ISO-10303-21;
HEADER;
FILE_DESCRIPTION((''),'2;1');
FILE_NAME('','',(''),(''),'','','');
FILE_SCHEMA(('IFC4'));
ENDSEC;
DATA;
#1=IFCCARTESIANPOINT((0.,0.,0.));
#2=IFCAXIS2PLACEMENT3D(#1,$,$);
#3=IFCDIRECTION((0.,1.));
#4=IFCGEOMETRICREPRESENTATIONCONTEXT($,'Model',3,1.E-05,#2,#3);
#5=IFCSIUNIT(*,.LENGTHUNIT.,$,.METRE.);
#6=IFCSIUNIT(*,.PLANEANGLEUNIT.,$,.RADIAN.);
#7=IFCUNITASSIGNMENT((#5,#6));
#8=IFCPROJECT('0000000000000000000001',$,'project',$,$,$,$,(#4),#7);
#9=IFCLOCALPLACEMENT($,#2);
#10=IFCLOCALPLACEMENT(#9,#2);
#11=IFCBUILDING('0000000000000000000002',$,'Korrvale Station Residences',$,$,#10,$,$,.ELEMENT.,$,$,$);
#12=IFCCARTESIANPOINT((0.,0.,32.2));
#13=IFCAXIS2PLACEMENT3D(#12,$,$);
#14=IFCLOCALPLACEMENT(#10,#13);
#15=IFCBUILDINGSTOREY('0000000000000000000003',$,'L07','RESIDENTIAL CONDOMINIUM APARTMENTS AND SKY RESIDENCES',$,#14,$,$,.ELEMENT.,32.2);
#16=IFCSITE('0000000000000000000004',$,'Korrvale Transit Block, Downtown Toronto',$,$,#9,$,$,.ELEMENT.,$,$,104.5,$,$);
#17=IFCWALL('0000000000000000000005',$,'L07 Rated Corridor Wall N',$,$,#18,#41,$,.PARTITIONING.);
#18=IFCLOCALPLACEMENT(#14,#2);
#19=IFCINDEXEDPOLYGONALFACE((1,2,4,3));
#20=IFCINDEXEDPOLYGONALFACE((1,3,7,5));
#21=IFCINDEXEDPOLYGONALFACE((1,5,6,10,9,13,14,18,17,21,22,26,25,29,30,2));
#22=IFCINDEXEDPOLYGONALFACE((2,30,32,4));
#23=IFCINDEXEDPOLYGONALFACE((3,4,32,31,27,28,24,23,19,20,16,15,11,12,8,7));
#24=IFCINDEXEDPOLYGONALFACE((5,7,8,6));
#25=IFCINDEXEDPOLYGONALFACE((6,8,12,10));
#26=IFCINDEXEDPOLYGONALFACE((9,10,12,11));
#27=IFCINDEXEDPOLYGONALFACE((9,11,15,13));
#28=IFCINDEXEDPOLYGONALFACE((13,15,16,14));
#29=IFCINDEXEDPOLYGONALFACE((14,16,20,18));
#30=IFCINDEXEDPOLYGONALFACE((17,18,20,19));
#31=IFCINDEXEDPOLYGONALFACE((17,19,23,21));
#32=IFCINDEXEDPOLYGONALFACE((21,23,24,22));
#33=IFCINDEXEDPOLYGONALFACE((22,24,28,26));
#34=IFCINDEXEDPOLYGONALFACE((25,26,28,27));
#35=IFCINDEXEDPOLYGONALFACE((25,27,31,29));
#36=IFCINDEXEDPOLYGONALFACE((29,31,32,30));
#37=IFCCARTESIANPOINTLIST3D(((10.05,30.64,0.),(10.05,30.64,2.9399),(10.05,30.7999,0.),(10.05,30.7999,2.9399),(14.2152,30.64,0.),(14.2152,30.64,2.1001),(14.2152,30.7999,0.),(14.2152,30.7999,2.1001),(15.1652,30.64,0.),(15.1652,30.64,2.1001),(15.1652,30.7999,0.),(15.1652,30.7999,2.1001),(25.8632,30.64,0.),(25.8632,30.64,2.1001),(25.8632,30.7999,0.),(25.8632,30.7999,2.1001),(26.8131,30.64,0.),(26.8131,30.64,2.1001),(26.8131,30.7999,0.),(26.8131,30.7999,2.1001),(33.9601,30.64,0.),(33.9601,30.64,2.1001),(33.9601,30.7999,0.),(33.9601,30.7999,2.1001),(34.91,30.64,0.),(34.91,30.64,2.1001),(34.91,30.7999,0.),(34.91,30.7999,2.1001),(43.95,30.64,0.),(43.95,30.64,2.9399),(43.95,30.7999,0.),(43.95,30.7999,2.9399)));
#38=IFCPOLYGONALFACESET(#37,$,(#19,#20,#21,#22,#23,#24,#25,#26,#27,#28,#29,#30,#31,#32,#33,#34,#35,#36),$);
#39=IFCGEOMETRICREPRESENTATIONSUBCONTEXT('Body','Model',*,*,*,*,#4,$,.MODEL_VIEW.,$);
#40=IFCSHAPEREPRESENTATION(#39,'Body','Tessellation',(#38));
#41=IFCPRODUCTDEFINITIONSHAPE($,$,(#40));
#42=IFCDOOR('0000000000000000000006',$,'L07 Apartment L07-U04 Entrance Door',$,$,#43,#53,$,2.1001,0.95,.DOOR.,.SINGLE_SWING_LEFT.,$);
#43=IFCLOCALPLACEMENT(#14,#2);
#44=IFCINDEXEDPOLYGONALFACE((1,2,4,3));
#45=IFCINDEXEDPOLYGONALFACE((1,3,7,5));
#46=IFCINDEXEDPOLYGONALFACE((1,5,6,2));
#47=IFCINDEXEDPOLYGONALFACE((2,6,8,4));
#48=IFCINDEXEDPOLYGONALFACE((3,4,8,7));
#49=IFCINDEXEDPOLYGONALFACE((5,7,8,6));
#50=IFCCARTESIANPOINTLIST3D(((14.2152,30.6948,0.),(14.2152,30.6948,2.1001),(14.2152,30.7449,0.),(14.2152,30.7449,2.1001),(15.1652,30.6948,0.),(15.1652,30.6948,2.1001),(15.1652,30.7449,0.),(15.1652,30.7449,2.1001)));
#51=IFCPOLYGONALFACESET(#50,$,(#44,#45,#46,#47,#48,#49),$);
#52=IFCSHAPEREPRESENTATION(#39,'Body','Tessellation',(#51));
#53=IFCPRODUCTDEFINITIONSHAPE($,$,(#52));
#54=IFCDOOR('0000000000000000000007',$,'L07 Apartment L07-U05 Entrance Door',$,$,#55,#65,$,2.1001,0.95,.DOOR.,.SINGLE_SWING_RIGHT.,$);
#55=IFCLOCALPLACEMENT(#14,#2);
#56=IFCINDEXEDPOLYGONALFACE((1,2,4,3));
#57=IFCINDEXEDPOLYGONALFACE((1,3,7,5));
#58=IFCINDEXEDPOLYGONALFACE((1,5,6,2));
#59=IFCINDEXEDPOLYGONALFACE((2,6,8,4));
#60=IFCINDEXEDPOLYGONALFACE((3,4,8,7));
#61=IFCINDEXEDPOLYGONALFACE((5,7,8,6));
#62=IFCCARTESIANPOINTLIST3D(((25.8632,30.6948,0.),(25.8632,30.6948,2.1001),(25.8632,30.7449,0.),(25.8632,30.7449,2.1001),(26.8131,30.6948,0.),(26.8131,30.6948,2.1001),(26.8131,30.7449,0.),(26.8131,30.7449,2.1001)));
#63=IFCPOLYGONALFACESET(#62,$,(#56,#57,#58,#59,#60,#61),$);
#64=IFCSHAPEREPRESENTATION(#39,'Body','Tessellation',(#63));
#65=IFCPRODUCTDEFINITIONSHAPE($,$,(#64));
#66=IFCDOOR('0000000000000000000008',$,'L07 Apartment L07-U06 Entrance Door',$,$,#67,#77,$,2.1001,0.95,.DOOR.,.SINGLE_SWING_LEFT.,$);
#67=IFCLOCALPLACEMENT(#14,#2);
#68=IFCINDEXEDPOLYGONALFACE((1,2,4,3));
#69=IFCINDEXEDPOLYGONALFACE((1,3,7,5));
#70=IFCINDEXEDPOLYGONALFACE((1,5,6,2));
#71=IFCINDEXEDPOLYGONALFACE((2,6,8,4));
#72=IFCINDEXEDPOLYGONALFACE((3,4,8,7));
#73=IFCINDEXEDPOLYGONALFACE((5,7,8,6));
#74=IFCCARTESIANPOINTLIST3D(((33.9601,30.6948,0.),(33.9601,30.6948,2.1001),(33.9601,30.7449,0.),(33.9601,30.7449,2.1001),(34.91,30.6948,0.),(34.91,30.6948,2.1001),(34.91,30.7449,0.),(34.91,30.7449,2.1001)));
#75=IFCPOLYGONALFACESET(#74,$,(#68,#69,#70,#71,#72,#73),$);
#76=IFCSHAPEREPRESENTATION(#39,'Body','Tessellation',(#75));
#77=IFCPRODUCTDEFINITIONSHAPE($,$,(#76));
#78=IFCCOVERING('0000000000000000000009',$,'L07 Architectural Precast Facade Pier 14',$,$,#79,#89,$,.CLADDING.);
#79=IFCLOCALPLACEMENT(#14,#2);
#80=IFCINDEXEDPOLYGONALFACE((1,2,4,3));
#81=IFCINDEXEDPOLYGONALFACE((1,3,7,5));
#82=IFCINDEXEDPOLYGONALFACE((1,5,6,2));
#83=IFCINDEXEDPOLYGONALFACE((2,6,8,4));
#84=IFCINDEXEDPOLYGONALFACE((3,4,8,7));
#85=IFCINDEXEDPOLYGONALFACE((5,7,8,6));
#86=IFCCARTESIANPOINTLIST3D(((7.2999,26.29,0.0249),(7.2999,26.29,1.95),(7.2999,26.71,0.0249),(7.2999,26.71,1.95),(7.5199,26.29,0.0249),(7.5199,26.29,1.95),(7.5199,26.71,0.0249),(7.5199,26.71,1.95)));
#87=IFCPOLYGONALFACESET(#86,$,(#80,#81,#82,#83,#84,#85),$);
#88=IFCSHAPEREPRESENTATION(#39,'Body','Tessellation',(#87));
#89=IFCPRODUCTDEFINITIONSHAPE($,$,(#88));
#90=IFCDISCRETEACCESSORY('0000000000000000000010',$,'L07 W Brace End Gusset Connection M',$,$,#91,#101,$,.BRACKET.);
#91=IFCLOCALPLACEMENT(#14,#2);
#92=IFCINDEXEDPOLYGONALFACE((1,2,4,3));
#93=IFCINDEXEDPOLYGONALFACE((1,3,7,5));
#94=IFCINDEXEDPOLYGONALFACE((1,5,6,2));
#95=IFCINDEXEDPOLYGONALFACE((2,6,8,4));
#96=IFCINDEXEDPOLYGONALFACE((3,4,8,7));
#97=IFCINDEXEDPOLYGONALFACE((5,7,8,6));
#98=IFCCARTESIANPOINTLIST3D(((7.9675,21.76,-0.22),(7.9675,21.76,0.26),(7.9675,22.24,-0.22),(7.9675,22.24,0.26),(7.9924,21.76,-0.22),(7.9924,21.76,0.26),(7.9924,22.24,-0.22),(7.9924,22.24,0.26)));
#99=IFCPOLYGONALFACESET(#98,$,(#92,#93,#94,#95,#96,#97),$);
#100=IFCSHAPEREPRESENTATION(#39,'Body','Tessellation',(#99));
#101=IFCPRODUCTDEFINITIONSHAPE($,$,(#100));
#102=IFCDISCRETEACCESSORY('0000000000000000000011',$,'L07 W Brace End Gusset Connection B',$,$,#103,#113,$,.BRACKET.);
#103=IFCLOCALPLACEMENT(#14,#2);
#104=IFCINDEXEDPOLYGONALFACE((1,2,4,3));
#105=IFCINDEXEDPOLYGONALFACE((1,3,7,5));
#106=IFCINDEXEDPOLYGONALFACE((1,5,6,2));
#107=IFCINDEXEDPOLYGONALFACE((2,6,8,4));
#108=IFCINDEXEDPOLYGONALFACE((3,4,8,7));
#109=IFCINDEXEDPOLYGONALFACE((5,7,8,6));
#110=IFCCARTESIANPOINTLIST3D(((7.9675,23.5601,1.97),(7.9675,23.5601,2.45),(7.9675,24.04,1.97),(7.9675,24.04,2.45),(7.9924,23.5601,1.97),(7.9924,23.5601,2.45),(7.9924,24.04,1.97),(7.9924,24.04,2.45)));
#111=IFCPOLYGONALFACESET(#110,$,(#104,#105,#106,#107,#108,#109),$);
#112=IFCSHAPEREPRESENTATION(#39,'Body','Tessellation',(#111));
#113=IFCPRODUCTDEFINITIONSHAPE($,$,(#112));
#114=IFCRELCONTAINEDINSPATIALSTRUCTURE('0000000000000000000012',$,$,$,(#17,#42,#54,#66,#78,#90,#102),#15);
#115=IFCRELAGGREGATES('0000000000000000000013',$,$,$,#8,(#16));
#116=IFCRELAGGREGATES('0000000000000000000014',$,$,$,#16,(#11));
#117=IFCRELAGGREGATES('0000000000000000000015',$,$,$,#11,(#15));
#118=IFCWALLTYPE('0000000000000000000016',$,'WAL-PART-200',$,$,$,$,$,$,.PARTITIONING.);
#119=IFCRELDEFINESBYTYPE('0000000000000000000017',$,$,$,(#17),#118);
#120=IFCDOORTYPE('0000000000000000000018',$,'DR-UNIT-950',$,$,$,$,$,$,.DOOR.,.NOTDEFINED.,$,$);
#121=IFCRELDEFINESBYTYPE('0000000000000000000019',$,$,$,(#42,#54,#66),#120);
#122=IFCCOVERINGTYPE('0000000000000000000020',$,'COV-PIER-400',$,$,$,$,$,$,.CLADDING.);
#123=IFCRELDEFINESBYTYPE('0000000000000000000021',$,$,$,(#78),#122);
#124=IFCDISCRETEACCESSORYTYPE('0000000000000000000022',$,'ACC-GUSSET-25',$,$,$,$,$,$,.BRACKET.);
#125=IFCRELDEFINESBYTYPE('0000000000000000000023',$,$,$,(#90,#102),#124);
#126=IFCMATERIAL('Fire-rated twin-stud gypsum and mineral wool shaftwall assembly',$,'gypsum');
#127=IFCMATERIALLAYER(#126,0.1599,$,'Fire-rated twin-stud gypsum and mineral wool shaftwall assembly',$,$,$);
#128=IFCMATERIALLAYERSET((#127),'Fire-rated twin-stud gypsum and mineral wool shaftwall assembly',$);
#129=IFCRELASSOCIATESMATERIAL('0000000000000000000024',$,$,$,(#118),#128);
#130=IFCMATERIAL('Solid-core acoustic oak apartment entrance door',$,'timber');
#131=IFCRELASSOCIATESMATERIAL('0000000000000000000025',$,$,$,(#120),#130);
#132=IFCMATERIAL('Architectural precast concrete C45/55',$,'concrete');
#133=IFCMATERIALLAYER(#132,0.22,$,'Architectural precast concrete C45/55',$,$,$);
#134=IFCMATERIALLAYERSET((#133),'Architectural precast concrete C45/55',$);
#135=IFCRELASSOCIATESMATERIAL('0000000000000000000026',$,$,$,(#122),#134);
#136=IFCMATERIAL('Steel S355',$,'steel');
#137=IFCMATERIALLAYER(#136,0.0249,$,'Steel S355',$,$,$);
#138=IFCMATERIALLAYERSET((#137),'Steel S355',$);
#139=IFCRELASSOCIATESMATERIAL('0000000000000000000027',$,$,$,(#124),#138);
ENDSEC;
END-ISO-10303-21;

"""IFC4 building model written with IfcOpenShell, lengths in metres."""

from ifc_helpers import new_model, si_unit, direction, frame, frame_2d, origin, origin_2d, place, context, subcontext, project, spatial, rectangle, extrude, material, layer, layer_set, type_object, element, fill, save


model = new_model("IFC4")

# Units and contexts
model_context = context("Model", 3, precision=1e-05, world=origin(), true_north=direction((0.0, 1.0)))
body_context = subcontext(model_context, "Body", "Model", "MODEL_VIEW")
ifc_project = project(units=[si_unit("LENGTHUNIT", "METRE"), si_unit("PLANEANGLEUNIT", "RADIAN")], contexts=[model_context])

# Site, building, storey
site_placement = place(None, origin())
site = spatial("IfcSite", under=ifc_project, at=site_placement, Name="Korrvale Transit Block, Downtown Toronto", CompositionType="ELEMENT", RefElevation=104.5)
building_placement = place(site_placement, origin())
building = spatial("IfcBuilding", under=site, at=building_placement, Name="Korrvale Station Residences", CompositionType="ELEMENT")
storey_placement = place(building_placement, frame((0.0, 0.0, 32.2)))
storey = spatial("IfcBuildingStorey", under=building, at=storey_placement, Name="L07", Description="RESIDENTIAL CONDOMINIUM APARTMENTS AND SKY RESIDENCES", CompositionType="ELEMENT", Elevation=32.2)

# Shared definitions
ifc_material_1 = material(Name="Steel S355", Category="steel")

# Shared definitions
ifc_material_2 = material(Name="Fire-rated twin-stud gypsum and mineral wool shaftwall assembly", Category="gypsum")
ifc_layer_1 = layer(ifc_material_2, 0.1599, Name="Fire-rated twin-stud gypsum and mineral wool shaftwall assembly")
ifc_layer_set_1 = layer_set([ifc_layer_1], Name="Fire-rated twin-stud gypsum and mineral wool shaftwall assembly")
wall_type_1 = type_object("IfcWallType", Name="WAL-PART-200", PredefinedType="PARTITIONING", material=ifc_layer_set_1)

# Wall, openings, doors
wall_1_placement = place(storey_placement, frame((10.05, 30.72, 0.0), z_axis=(0.0, 0.0, 1.0), x_axis=(1.0, 0.0, 0.0)))
wall_1 = element("IfcWall", 1, at=wall_1_placement, inside=storey, type_object=wall_type_1, Name="L07 Rated Corridor Wall N", PredefinedType="PARTITIONING", context=body_context, shape_type="SweptSolid", body=[
    extrude(rectangle(XDim=33.8999, YDim=0.1599, at=frame_2d((16.95, 0.0))), origin(), (0.0, 0.0, 1.0), 2.9399),
])
opening_1_placement = place(wall_1_placement, frame((4.165, 0.0, 0.0)))
opening_1 = element("IfcOpeningElement", 2, at=opening_1_placement, cuts=wall_1, PredefinedType="OPENING", context=body_context, shape_type="SweptSolid", body=[
    extrude(rectangle(XDim=0.95, YDim=2.1001, at=frame_2d((0.4751, 1.05))), frame((0.0, 0.0898, 0.0), z_axis=(0.0, -1.0, 0.0), x_axis=(1.0, 0.0, 0.0)), (0.0, 0.0, 1.0), 0.1799),
])
opening_2_placement = place(wall_1_placement, frame((15.813, 0.0, 0.0)))
opening_2 = element("IfcOpeningElement", 3, at=opening_2_placement, cuts=wall_1, PredefinedType="OPENING", context=body_context, shape_type="SweptSolid", body=[
    extrude(rectangle(XDim=0.95, YDim=2.1001, at=frame_2d((0.4751, 1.05))), frame((0.0, 0.0898, 0.0), z_axis=(0.0, -1.0, 0.0), x_axis=(1.0, 0.0, 0.0)), (0.0, 0.0, 1.0), 0.1799),
])
opening_3_placement = place(wall_1_placement, frame((23.9099, 0.0, 0.0)))
opening_3 = element("IfcOpeningElement", 4, at=opening_3_placement, cuts=wall_1, PredefinedType="OPENING", context=body_context, shape_type="SweptSolid", body=[
    extrude(rectangle(XDim=0.95, YDim=2.1001, at=frame_2d((0.4751, 1.05))), frame((0.0, 0.0898, 0.0), z_axis=(0.0, -1.0, 0.0), x_axis=(1.0, 0.0, 0.0)), (0.0, 0.0, 1.0), 0.1799),
])
ifc_material_3 = material(Name="Solid-core acoustic oak apartment entrance door", Category="timber")
door_type_1 = type_object("IfcDoorType", Name="DR-UNIT-950", OperationType="NOTDEFINED", PredefinedType="DOOR", material=ifc_material_3)
door_1_placement = place(opening_1_placement, origin())
door_1 = element("IfcDoor", 5, at=door_1_placement, inside=storey, type_object=door_type_1, Name="L07 Apartment L07-U04 Entrance Door", OperationType="SINGLE_SWING_LEFT", OverallHeight=2.1001, OverallWidth=0.95, PredefinedType="DOOR", context=body_context, shape_type="SweptSolid", body=[
    extrude(rectangle(XDim=0.95, YDim=2.1001, at=frame_2d((0.4751, 1.05))), frame((0.0, 0.0249, 0.0), z_axis=(0.0, -1.0, 0.0), x_axis=(1.0, 0.0, 0.0)), (0.0, 0.0, 1.0), 0.05),
])
fill(opening_1, door_1)
door_2_placement = place(opening_2_placement, origin())
door_2 = element("IfcDoor", 6, at=door_2_placement, inside=storey, type_object=door_type_1, Name="L07 Apartment L07-U05 Entrance Door", OperationType="SINGLE_SWING_RIGHT", OverallHeight=2.1001, OverallWidth=0.95, PredefinedType="DOOR", context=body_context, shape_type="SweptSolid", body=[
    extrude(rectangle(XDim=0.95, YDim=2.1001, at=frame_2d((0.4751, 1.05))), frame((0.0, 0.0249, 0.0), z_axis=(0.0, -1.0, 0.0), x_axis=(1.0, 0.0, 0.0)), (0.0, 0.0, 1.0), 0.05),
])
fill(opening_2, door_2)
door_3_placement = place(opening_3_placement, origin())
door_3 = element("IfcDoor", 7, at=door_3_placement, inside=storey, type_object=door_type_1, Name="L07 Apartment L07-U06 Entrance Door", OperationType="SINGLE_SWING_LEFT", OverallHeight=2.1001, OverallWidth=0.95, PredefinedType="DOOR", context=body_context, shape_type="SweptSolid", body=[
    extrude(rectangle(XDim=0.95, YDim=2.1001, at=frame_2d((0.4751, 1.05))), frame((0.0, 0.0249, 0.0), z_axis=(0.0, -1.0, 0.0), x_axis=(1.0, 0.0, 0.0)), (0.0, 0.0, 1.0), 0.05),
])
fill(opening_3, door_3)

# Covering
ifc_material_4 = material(Name="Architectural precast concrete C45/55", Category="concrete")
ifc_layer_2 = layer(ifc_material_4, 0.22, Name="Architectural precast concrete C45/55")
ifc_layer_set_2 = layer_set([ifc_layer_2], Name="Architectural precast concrete C45/55")
covering_type = type_object("IfcCoveringType", Name="COV-PIER-400", PredefinedType="CLADDING", material=ifc_layer_set_2)
covering_placement = place(storey_placement, frame((7.4099, 26.5, 0.0249), z_axis=(0.0, 0.0, 1.0), x_axis=(0.0, 1.0, 0.0)))
element("IfcCovering", 8, at=covering_placement, inside=storey, type_object=covering_type, Name="L07 Architectural Precast Facade Pier 14", PredefinedType="CLADDING", context=body_context, shape_type="SweptSolid", body=[
    extrude(rectangle(XDim=0.4199, YDim=0.22, at=origin_2d()), origin(), (0.0, 0.0, 1.0), 1.925),
])

# Discrete accessories
ifc_layer_3 = layer(ifc_material_1, 0.0249, Name="Steel S355")
ifc_layer_set_3 = layer_set([ifc_layer_3], Name="Steel S355")
discrete_accessory_type = type_object("IfcDiscreteAccessoryType", Name="ACC-GUSSET-25", PredefinedType="BRACKET", material=ifc_layer_set_3)
for number, where, z_axis, x_axis, name in (
    (9, (7.98, 22.0, -0.22), (0.0, 0.0, 1.0), (0.0, 1.0, 0.0), "L07 W Brace End Gusset Connection M"),
    (10, (7.98, 23.8, 1.97), (0.0, 0.0, 1.0), (0.0, 1.0, 0.0), "L07 W Brace End Gusset Connection B"),
):
    element("IfcDiscreteAccessory", number, at=place(storey_placement, frame(where, z_axis=z_axis, x_axis=x_axis)), inside=storey, type_object=discrete_accessory_type, Name=name, PredefinedType="BRACKET", context=body_context, shape_type="SweptSolid", body=[
        extrude(rectangle(XDim=0.48, YDim=0.0249, at=origin_2d()), origin(), (0.0, 0.0, 1.0), 0.48),
    ])

save(model, "model.ifc")
